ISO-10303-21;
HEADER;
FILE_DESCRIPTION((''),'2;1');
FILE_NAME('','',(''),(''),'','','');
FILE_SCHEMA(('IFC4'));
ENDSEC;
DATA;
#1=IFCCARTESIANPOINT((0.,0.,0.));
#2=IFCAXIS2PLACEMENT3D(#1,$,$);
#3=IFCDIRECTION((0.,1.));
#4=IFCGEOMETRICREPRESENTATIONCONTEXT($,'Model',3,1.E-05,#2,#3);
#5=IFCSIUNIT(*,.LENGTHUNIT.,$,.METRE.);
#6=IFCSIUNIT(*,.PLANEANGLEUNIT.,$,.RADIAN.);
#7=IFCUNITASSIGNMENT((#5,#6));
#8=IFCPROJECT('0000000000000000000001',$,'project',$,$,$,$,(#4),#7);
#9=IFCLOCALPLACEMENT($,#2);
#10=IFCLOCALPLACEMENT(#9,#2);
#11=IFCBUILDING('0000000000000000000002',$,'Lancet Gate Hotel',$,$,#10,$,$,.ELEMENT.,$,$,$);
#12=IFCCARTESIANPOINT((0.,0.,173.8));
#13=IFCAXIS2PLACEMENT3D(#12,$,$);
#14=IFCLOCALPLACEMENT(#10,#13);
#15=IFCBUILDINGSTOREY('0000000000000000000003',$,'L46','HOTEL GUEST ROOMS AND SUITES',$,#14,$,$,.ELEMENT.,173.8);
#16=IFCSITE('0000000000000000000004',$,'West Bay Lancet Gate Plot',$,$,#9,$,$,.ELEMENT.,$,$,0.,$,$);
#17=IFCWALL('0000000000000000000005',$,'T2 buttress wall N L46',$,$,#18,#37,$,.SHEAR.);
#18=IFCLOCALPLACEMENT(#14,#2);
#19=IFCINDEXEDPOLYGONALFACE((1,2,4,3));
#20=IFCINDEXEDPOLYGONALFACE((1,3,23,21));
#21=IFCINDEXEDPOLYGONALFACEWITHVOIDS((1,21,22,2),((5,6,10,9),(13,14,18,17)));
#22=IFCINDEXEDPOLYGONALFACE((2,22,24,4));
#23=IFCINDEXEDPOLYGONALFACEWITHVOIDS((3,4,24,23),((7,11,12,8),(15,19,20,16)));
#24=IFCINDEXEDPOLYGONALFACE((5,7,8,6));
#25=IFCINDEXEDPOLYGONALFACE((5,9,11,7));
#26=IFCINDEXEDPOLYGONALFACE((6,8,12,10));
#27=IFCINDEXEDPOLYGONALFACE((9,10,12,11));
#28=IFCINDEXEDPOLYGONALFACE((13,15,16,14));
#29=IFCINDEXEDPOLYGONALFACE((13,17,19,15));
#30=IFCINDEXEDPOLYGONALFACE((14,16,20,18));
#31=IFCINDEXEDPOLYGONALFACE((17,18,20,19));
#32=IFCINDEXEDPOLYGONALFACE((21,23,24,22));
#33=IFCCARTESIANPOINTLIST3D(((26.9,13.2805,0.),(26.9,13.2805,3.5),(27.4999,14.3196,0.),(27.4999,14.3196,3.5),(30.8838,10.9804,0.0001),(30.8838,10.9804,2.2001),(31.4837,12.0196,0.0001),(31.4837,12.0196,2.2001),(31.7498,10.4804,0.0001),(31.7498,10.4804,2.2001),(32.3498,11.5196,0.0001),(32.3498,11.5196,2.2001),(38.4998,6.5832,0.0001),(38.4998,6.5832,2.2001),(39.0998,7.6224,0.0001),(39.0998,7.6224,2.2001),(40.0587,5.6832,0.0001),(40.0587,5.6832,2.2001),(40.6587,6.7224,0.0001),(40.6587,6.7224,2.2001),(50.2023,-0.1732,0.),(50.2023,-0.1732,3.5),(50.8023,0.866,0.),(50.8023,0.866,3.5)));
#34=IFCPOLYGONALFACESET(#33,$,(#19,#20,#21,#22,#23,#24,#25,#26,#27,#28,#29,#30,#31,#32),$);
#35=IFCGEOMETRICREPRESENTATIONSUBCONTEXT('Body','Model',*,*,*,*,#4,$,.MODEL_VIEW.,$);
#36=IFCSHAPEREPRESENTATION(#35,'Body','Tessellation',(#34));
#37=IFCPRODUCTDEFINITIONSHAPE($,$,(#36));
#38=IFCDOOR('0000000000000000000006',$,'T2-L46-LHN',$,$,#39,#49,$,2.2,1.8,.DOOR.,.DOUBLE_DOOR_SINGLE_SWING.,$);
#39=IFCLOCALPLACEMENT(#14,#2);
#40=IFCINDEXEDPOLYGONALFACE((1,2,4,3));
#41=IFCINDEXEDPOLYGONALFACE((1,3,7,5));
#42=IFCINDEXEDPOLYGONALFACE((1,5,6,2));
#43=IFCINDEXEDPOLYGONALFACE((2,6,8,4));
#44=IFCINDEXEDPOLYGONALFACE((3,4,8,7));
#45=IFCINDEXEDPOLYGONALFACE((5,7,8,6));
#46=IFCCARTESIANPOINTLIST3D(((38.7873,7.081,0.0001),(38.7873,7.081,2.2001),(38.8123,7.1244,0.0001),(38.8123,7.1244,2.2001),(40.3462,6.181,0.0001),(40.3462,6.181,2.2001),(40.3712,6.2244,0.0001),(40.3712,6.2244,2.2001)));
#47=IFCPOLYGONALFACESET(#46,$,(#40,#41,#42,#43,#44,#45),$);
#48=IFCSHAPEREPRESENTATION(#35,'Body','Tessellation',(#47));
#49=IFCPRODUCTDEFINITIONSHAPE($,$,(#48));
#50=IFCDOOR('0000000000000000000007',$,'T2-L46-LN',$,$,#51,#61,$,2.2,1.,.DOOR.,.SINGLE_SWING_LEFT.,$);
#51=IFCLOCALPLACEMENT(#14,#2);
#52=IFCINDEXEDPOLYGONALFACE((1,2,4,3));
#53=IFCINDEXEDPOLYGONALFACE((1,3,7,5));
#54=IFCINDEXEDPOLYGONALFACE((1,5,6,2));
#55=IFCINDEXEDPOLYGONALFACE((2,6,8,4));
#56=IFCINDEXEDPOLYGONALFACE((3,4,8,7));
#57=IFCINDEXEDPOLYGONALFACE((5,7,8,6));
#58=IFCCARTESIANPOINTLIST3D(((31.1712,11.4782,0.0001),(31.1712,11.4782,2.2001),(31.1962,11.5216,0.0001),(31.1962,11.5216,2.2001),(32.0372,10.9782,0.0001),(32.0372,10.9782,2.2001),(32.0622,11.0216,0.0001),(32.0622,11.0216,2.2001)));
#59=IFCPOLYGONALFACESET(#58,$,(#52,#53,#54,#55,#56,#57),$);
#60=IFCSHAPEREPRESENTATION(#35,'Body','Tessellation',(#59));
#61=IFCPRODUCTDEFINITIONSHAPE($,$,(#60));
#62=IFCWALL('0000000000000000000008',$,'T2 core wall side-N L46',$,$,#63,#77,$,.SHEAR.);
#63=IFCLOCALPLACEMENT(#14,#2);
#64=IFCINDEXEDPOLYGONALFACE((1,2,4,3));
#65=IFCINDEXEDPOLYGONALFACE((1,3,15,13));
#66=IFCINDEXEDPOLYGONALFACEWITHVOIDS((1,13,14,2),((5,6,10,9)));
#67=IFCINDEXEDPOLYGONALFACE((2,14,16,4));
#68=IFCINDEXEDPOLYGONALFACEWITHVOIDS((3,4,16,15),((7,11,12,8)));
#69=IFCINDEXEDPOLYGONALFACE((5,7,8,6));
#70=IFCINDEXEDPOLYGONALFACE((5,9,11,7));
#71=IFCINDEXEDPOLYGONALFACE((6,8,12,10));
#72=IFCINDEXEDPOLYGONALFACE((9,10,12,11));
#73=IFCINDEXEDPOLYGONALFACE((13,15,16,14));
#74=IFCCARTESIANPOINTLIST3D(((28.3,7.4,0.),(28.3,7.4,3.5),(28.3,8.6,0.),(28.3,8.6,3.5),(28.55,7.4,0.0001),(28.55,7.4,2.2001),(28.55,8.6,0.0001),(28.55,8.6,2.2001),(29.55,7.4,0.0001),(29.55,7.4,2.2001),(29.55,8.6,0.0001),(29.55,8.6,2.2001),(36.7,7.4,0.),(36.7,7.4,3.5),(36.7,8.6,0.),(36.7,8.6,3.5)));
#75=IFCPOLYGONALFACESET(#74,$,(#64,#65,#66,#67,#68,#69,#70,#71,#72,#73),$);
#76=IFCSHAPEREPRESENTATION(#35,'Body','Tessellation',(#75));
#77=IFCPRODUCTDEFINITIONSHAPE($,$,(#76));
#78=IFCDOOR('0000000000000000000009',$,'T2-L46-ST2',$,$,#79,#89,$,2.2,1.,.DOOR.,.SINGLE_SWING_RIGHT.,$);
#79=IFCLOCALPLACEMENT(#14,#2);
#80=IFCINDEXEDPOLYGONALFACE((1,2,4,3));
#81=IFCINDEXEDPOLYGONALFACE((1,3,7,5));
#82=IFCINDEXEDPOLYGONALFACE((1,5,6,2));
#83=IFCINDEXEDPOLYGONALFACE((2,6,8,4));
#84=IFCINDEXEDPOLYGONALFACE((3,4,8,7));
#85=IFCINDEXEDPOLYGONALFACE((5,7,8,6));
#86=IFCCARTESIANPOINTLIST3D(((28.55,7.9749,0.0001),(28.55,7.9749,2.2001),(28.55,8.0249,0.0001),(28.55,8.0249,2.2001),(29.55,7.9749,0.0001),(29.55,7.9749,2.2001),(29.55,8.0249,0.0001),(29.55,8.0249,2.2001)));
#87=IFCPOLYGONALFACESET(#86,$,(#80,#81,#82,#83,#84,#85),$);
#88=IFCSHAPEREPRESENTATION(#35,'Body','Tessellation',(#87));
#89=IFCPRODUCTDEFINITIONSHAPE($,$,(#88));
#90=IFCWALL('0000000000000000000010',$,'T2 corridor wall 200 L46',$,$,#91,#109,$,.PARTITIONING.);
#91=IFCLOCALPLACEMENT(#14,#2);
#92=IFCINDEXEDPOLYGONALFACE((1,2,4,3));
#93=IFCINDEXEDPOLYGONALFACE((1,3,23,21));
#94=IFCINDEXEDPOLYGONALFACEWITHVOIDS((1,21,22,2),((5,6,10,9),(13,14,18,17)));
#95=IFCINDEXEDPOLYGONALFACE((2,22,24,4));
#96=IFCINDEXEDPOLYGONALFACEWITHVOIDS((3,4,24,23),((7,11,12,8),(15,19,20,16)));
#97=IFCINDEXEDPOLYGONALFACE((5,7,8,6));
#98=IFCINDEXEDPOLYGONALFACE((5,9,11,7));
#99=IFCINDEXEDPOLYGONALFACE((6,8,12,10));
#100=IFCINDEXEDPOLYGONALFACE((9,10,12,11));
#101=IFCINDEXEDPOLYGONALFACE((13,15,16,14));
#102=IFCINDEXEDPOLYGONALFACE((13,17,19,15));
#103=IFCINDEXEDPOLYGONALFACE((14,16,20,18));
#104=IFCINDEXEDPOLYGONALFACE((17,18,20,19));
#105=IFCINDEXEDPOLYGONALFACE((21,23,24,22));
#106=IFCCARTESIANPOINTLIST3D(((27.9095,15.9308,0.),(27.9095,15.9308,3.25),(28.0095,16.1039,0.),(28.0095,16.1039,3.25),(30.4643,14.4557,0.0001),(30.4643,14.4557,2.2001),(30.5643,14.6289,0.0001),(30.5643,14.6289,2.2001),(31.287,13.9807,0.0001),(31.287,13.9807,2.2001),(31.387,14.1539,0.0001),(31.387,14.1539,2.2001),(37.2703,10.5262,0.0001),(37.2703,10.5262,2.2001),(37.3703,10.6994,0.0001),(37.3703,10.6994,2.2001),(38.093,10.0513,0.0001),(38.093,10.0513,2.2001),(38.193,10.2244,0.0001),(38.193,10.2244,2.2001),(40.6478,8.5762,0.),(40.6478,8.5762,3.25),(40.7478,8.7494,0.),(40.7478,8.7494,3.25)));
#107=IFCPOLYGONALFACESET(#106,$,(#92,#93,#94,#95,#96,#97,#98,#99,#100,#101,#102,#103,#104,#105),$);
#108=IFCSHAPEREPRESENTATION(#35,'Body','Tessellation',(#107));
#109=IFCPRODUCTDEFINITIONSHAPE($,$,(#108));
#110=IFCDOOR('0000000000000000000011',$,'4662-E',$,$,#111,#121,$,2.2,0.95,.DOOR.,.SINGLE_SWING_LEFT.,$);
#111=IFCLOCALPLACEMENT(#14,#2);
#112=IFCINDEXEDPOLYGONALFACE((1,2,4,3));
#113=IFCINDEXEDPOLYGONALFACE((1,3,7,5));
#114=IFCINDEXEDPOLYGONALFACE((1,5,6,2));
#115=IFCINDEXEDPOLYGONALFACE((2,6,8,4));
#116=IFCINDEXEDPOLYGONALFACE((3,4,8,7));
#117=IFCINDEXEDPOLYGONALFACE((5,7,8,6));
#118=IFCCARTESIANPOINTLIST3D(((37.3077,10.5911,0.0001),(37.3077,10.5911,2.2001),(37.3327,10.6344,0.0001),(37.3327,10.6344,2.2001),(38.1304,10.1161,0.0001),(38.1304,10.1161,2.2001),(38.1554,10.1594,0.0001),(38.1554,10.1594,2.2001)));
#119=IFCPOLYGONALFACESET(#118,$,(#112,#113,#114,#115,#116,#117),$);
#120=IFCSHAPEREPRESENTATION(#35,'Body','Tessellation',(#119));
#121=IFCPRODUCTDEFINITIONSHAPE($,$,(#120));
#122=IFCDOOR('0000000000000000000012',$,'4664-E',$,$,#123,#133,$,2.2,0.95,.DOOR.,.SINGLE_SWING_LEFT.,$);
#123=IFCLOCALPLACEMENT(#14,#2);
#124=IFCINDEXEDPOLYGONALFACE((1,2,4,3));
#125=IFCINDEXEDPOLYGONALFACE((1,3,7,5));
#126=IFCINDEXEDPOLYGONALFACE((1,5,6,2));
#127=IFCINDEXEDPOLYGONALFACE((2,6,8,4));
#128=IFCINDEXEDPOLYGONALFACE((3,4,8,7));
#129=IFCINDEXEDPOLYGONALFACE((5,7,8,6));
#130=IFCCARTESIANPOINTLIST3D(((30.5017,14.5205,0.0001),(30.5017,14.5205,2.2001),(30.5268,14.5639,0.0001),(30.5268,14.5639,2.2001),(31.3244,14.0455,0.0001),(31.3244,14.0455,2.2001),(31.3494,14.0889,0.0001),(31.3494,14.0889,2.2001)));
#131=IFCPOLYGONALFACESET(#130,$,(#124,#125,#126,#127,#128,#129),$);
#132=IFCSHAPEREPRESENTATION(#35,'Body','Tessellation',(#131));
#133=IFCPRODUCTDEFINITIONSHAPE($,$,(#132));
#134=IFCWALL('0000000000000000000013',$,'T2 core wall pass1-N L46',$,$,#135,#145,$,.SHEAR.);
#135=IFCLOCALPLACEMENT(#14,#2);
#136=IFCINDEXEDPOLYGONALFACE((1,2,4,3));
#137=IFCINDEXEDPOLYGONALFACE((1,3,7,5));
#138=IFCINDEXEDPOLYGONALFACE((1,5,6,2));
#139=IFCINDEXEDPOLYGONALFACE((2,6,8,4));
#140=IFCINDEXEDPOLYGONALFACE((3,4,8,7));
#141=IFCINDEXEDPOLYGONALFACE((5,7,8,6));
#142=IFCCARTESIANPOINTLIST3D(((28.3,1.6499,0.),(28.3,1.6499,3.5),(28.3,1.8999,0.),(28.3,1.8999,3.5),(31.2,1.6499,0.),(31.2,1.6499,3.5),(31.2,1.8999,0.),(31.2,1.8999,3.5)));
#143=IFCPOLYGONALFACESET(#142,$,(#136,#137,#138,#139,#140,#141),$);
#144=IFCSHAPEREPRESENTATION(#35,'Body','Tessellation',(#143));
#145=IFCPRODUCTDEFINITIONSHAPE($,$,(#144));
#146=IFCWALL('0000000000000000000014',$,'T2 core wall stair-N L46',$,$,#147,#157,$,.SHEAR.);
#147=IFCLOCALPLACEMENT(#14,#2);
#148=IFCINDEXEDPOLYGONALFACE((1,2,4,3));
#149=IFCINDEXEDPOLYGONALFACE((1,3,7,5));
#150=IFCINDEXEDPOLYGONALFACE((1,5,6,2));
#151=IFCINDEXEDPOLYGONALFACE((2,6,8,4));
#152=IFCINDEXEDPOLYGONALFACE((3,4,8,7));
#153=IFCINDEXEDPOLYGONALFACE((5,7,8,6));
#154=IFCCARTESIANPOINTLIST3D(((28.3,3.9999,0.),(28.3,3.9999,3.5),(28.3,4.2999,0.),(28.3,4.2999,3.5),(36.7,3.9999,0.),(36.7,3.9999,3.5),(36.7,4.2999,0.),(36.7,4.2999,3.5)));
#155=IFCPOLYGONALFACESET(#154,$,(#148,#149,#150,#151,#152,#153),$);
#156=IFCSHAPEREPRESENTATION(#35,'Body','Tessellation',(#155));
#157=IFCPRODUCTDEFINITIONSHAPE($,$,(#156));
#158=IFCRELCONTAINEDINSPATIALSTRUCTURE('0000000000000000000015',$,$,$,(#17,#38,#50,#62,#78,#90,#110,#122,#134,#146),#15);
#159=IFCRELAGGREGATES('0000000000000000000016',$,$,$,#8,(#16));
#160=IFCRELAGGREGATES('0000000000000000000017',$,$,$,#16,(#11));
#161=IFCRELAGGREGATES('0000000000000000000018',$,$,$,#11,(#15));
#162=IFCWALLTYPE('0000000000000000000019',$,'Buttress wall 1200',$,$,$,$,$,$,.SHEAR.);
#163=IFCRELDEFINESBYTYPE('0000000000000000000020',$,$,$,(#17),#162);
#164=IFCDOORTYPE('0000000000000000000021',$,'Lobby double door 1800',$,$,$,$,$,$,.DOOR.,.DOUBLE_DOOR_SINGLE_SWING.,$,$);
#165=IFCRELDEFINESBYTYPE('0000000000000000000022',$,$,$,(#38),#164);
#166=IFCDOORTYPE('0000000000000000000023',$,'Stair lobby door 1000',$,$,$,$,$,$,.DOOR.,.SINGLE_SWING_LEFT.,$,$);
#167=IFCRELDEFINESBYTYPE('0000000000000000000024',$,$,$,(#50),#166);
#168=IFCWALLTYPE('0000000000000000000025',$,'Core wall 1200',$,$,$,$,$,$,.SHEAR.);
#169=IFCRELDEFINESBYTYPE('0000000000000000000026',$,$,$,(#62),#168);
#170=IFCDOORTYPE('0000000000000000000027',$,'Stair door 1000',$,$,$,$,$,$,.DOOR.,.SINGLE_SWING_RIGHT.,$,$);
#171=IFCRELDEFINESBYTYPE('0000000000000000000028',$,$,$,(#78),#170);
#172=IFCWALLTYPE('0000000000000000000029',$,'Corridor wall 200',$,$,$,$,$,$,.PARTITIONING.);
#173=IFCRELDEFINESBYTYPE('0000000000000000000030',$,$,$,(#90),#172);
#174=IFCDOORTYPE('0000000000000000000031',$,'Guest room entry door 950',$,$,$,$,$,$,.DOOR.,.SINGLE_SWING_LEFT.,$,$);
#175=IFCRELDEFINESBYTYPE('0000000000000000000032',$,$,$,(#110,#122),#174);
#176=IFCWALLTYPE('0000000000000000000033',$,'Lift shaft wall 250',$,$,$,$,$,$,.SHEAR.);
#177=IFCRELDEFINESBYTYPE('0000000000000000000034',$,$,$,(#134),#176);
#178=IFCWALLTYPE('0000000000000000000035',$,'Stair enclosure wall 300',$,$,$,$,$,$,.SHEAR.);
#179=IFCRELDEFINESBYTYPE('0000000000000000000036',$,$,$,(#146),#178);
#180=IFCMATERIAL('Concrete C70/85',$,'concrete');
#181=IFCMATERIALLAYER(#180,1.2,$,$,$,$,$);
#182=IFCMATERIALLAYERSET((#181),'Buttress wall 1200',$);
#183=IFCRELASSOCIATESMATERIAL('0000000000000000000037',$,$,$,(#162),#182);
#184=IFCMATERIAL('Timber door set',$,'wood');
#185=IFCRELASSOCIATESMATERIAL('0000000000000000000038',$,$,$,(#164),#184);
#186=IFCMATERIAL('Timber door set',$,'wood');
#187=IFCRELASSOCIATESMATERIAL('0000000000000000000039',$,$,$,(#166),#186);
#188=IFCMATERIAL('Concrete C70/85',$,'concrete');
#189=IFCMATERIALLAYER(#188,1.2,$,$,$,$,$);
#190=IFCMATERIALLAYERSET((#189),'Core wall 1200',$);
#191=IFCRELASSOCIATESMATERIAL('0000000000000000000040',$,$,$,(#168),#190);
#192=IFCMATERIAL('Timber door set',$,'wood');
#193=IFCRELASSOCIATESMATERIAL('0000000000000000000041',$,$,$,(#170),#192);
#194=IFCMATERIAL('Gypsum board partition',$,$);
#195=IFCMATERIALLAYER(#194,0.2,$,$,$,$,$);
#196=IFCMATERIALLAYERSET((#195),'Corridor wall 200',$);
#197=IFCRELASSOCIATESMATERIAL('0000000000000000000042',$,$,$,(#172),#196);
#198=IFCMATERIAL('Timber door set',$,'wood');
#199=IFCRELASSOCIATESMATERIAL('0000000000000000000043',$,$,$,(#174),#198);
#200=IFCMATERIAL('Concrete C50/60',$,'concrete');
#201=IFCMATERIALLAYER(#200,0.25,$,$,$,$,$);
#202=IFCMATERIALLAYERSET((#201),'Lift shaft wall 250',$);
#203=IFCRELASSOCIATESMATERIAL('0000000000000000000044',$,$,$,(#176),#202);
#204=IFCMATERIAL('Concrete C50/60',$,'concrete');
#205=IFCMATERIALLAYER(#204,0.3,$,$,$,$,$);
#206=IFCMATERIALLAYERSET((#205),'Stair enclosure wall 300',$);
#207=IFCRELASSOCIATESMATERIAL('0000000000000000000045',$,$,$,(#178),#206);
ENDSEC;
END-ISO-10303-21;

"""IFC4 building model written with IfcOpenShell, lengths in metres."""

from ifc_helpers import new_model, si_unit, direction, frame, frame_2d, origin, place, context, subcontext, project, spatial, rectangle, extrude, material, layer, layer_set, type_object, element, fill, save


model = new_model("IFC4")

# Units and contexts
model_context = context("Model", 3, precision=1e-05, world=origin(), true_north=direction((0.0, 1.0)))
body_context = subcontext(model_context, "Body", "Model", "MODEL_VIEW")
ifc_project = project(units=[si_unit("LENGTHUNIT", "METRE"), si_unit("PLANEANGLEUNIT", "RADIAN")], contexts=[model_context])

# Site, building, storey
site_placement = place(None, origin())
site = spatial("IfcSite", under=ifc_project, at=site_placement, Name="West Bay Lancet Gate Plot", CompositionType="ELEMENT", RefElevation=0.0)
building_placement = place(site_placement, origin())
building = spatial("IfcBuilding", under=site, at=building_placement, Name="Lancet Gate Hotel", CompositionType="ELEMENT")
storey_placement = place(building_placement, frame((0.0, 0.0, 173.8)))
storey = spatial("IfcBuildingStorey", under=building, at=storey_placement, Name="L46", Description="HOTEL GUEST ROOMS AND SUITES", CompositionType="ELEMENT", Elevation=173.8)

# Wall, openings, doors
ifc_material_1 = material(Name="Concrete C70/85", Category="concrete")
ifc_layer_1 = layer(ifc_material_1, 1.2)
ifc_layer_set_1 = layer_set([ifc_layer_1], Name="Buttress wall 1200")
wall_type_1 = type_object("IfcWallType", Name="Buttress wall 1200", PredefinedType="SHEAR", material=ifc_layer_set_1)
wall_1_placement = place(storey_placement, frame((27.2, 13.8, 0.0), z_axis=(0.0, 0.0, 1.0), x_axis=(0.866025, -0.500002, 0.0)))
wall_1 = element("IfcWall", 1, at=wall_1_placement, inside=storey, type_object=wall_type_1, Name="T2 buttress wall N L46", PredefinedType="SHEAR", context=body_context, shape_type="SweptSolid", body=[
    extrude(rectangle(XDim=26.9072, YDim=1.2, at=frame_2d((13.4536, 0.0))), origin(), (0.0, 0.0, 1.0), 3.5),
])
opening_1_placement = place(wall_1_placement, frame((4.6001, 0.0, 0.0)))
opening_1 = element("IfcOpeningElement", 2, at=opening_1_placement, cuts=wall_1, PredefinedType="OPENING", context=body_context, shape_type="SweptSolid", body=[
    extrude(rectangle(XDim=1.0, YDim=2.2, at=frame_2d((0.5, 1.1001))), frame((0.0, 0.6099, 0.0), z_axis=(0.0, -1.0, 0.0), x_axis=(1.0, 0.0, 0.0)), (0.0, 0.0, 1.0), 1.22),
])
opening_2_placement = place(wall_1_placement, frame((13.3945, 0.0, 0.0)))
opening_2 = element("IfcOpeningElement", 3, at=opening_2_placement, cuts=wall_1, PredefinedType="OPENING", context=body_context, shape_type="SweptSolid", body=[
    extrude(rectangle(XDim=1.8, YDim=2.2, at=frame_2d((0.8999, 1.1001))), frame((0.0, 0.6099, 0.0), z_axis=(0.0, -1.0, 0.0), x_axis=(1.0, 0.0, 0.0)), (0.0, 0.0, 1.0), 1.22),
])
ifc_material_2 = material(Name="Timber door set", Category="wood")
door_type_1 = type_object("IfcDoorType", Name="Lobby double door 1800", OperationType="DOUBLE_DOOR_SINGLE_SWING", PredefinedType="DOOR", material=ifc_material_2)
door_1_placement = place(opening_2_placement, origin())
door_1 = element("IfcDoor", 4, at=door_1_placement, inside=storey, type_object=door_type_1, Name="T2-L46-LHN", OperationType="DOUBLE_DOOR_SINGLE_SWING", OverallHeight=2.2, OverallWidth=1.8, PredefinedType="DOOR", context=body_context, shape_type="SweptSolid", body=[
    extrude(rectangle(XDim=1.8, YDim=2.2, at=frame_2d((0.8999, 1.1001))), frame((0.0, 0.0249, 0.0), z_axis=(0.0, -1.0, 0.0), x_axis=(1.0, 0.0, 0.0)), (0.0, 0.0, 1.0), 0.05),
])
fill(opening_2, door_1)
ifc_material_3 = material(Name="Timber door set", Category="wood")
door_type_2 = type_object("IfcDoorType", Name="Stair lobby door 1000", OperationType="SINGLE_SWING_LEFT", PredefinedType="DOOR", material=ifc_material_3)
door_2_placement = place(opening_1_placement, origin())
door_2 = element("IfcDoor", 5, at=door_2_placement, inside=storey, type_object=door_type_2, Name="T2-L46-LN", OperationType="SINGLE_SWING_LEFT", OverallHeight=2.2, OverallWidth=1.0, PredefinedType="DOOR", context=body_context, shape_type="SweptSolid", body=[
    extrude(rectangle(XDim=1.0, YDim=2.2, at=frame_2d((0.5, 1.1001))), frame((0.0, 0.0249, 0.0), z_axis=(0.0, -1.0, 0.0), x_axis=(1.0, 0.0, 0.0)), (0.0, 0.0, 1.0), 0.05),
])
fill(opening_1, door_2)

# Wall, opening, door
ifc_material_4 = material(Name="Concrete C70/85", Category="concrete")
ifc_layer_2 = layer(ifc_material_4, 1.2)
ifc_layer_set_2 = layer_set([ifc_layer_2], Name="Core wall 1200")
wall_type_2 = type_object("IfcWallType", Name="Core wall 1200", PredefinedType="SHEAR", material=ifc_layer_set_2)
wall_2_placement = place(storey_placement, frame((28.3, 8.0, 0.0), z_axis=(0.0, 0.0, 1.0), x_axis=(1.0, 0.0, 0.0)))
wall_2 = element("IfcWall", 6, at=wall_2_placement, inside=storey, type_object=wall_type_2, Name="T2 core wall side-N L46", PredefinedType="SHEAR", context=body_context, shape_type="SweptSolid", body=[
    extrude(rectangle(XDim=8.3999, YDim=1.2, at=frame_2d((4.2, 0.0))), origin(), (0.0, 0.0, 1.0), 3.5),
])
opening_3_placement = place(wall_2_placement, frame((0.25, 0.0, 0.0)))
opening_3 = element("IfcOpeningElement", 7, at=opening_3_placement, cuts=wall_2, PredefinedType="OPENING", context=body_context, shape_type="SweptSolid", body=[
    extrude(rectangle(XDim=1.0, YDim=2.2, at=frame_2d((0.5, 1.1001))), frame((0.0, 0.6099, 0.0), z_axis=(0.0, -1.0, 0.0), x_axis=(1.0, 0.0, 0.0)), (0.0, 0.0, 1.0), 1.22),
])
ifc_material_5 = material(Name="Timber door set", Category="wood")
door_type_3 = type_object("IfcDoorType", Name="Stair door 1000", OperationType="SINGLE_SWING_RIGHT", PredefinedType="DOOR", material=ifc_material_5)
door_3_placement = place(opening_3_placement, origin())
door_3 = element("IfcDoor", 8, at=door_3_placement, inside=storey, type_object=door_type_3, Name="T2-L46-ST2", OperationType="SINGLE_SWING_RIGHT", OverallHeight=2.2, OverallWidth=1.0, PredefinedType="DOOR", context=body_context, shape_type="SweptSolid", body=[
    extrude(rectangle(XDim=1.0, YDim=2.2, at=frame_2d((0.5, 1.1001))), frame((0.0, 0.0249, 0.0), z_axis=(0.0, -1.0, 0.0), x_axis=(1.0, 0.0, 0.0)), (0.0, 0.0, 1.0), 0.05),
])
fill(opening_3, door_3)

# Wall, openings, doors
ifc_material_6 = material(Name="Gypsum board partition")
ifc_layer_3 = layer(ifc_material_6, 0.2)
ifc_layer_set_3 = layer_set([ifc_layer_3], Name="Corridor wall 200")
wall_type_3 = type_object("IfcWallType", Name="Corridor wall 200", PredefinedType="PARTITIONING", material=ifc_layer_set_3)
wall_3_placement = place(storey_placement, frame((27.9595, 16.0173, 0.0), z_axis=(0.0, 0.0, 1.0), x_axis=(0.866024, -0.500002, 0.0)))
wall_3 = element("IfcWall", 9, at=wall_3_placement, inside=storey, type_object=wall_type_3, Name="T2 corridor wall 200 L46", PredefinedType="PARTITIONING", context=body_context, shape_type="SweptSolid", body=[
    extrude(rectangle(XDim=14.709, YDim=0.2, at=frame_2d((7.3545, 0.0))), origin(), (0.0, 0.0, 1.0), 3.25),
])
opening_4_placement = place(wall_3_placement, frame((10.8088, 0.0, 0.0)))
opening_4 = element("IfcOpeningElement", 10, at=opening_4_placement, cuts=wall_3, PredefinedType="OPENING", context=body_context, shape_type="SweptSolid", body=[
    extrude(rectangle(XDim=0.95, YDim=2.2, at=frame_2d((0.4751, 1.1001))), frame((0.0, 0.1099, 0.0), z_axis=(0.0, -1.0, 0.0), x_axis=(1.0, 0.0, 0.0)), (0.0, 0.0, 1.0), 0.22),
])
opening_5_placement = place(wall_3_placement, frame((2.95, 0.0, 0.0)))
opening_5 = element("IfcOpeningElement", 11, at=opening_5_placement, cuts=wall_3, PredefinedType="OPENING", context=body_context, shape_type="SweptSolid", body=[
    extrude(rectangle(XDim=0.95, YDim=2.2, at=frame_2d((0.4751, 1.1001))), frame((0.0, 0.1099, 0.0), z_axis=(0.0, -1.0, 0.0), x_axis=(1.0, 0.0, 0.0)), (0.0, 0.0, 1.0), 0.22),
])
ifc_material_7 = material(Name="Timber door set", Category="wood")
door_type_4 = type_object("IfcDoorType", Name="Guest room entry door 950", OperationType="SINGLE_SWING_LEFT", PredefinedType="DOOR", material=ifc_material_7)
door_4_placement = place(opening_4_placement, origin())
door_4 = element("IfcDoor", 12, at=door_4_placement, inside=storey, type_object=door_type_4, Name="4662-E", OperationType="SINGLE_SWING_LEFT", OverallHeight=2.2, OverallWidth=0.95, PredefinedType="DOOR", context=body_context, shape_type="SweptSolid", body=[
    extrude(rectangle(XDim=0.95, YDim=2.2, at=frame_2d((0.4751, 1.1001))), frame((0.0, 0.0249, 0.0), z_axis=(0.0, -1.0, 0.0), x_axis=(1.0, 0.0, 0.0)), (0.0, 0.0, 1.0), 0.05),
])
fill(opening_4, door_4)
door_5_placement = place(opening_5_placement, origin())
door_5 = element("IfcDoor", 13, at=door_5_placement, inside=storey, type_object=door_type_4, Name="4664-E", OperationType="SINGLE_SWING_LEFT", OverallHeight=2.2, OverallWidth=0.95, PredefinedType="DOOR", context=body_context, shape_type="SweptSolid", body=[
    extrude(rectangle(XDim=0.95, YDim=2.2, at=frame_2d((0.4751, 1.1001))), frame((0.0, 0.0249, 0.0), z_axis=(0.0, -1.0, 0.0), x_axis=(1.0, 0.0, 0.0)), (0.0, 0.0, 1.0), 0.05),
])
fill(opening_5, door_5)

# Walls
ifc_material_8 = material(Name="Concrete C50/60", Category="concrete")
ifc_layer_4 = layer(ifc_material_8, 0.25)
ifc_layer_set_4 = layer_set([ifc_layer_4], Name="Lift shaft wall 250")
wall_type_4 = type_object("IfcWallType", Name="Lift shaft wall 250", PredefinedType="SHEAR", material=ifc_layer_set_4)
wall_4_placement = place(storey_placement, frame((28.3, 1.7749, 0.0), z_axis=(0.0, 0.0, 1.0), x_axis=(1.0, 0.0, 0.0)))
element("IfcWall", 14, at=wall_4_placement, inside=storey, type_object=wall_type_4, Name="T2 core wall pass1-N L46", PredefinedType="SHEAR", context=body_context, shape_type="SweptSolid", body=[
    extrude(rectangle(XDim=2.8999, YDim=0.25, at=frame_2d((1.45, 0.0))), origin(), (0.0, 0.0, 1.0), 3.5),
])
ifc_material_9 = material(Name="Concrete C50/60", Category="concrete")
ifc_layer_5 = layer(ifc_material_9, 0.3)
ifc_layer_set_5 = layer_set([ifc_layer_5], Name="Stair enclosure wall 300")
wall_type_5 = type_object("IfcWallType", Name="Stair enclosure wall 300", PredefinedType="SHEAR", material=ifc_layer_set_5)
wall_5_placement = place(storey_placement, frame((28.3, 4.1499, 0.0), z_axis=(0.0, 0.0, 1.0), x_axis=(1.0, 0.0, 0.0)))
element("IfcWall", 15, at=wall_5_placement, inside=storey, type_object=wall_type_5, Name="T2 core wall stair-N L46", PredefinedType="SHEAR", context=body_context, shape_type="SweptSolid", body=[
    extrude(rectangle(XDim=8.3999, YDim=0.3, at=frame_2d((4.2, 0.0))), origin(), (0.0, 0.0, 1.0), 3.5),
])

save(model, "model.ifc")
